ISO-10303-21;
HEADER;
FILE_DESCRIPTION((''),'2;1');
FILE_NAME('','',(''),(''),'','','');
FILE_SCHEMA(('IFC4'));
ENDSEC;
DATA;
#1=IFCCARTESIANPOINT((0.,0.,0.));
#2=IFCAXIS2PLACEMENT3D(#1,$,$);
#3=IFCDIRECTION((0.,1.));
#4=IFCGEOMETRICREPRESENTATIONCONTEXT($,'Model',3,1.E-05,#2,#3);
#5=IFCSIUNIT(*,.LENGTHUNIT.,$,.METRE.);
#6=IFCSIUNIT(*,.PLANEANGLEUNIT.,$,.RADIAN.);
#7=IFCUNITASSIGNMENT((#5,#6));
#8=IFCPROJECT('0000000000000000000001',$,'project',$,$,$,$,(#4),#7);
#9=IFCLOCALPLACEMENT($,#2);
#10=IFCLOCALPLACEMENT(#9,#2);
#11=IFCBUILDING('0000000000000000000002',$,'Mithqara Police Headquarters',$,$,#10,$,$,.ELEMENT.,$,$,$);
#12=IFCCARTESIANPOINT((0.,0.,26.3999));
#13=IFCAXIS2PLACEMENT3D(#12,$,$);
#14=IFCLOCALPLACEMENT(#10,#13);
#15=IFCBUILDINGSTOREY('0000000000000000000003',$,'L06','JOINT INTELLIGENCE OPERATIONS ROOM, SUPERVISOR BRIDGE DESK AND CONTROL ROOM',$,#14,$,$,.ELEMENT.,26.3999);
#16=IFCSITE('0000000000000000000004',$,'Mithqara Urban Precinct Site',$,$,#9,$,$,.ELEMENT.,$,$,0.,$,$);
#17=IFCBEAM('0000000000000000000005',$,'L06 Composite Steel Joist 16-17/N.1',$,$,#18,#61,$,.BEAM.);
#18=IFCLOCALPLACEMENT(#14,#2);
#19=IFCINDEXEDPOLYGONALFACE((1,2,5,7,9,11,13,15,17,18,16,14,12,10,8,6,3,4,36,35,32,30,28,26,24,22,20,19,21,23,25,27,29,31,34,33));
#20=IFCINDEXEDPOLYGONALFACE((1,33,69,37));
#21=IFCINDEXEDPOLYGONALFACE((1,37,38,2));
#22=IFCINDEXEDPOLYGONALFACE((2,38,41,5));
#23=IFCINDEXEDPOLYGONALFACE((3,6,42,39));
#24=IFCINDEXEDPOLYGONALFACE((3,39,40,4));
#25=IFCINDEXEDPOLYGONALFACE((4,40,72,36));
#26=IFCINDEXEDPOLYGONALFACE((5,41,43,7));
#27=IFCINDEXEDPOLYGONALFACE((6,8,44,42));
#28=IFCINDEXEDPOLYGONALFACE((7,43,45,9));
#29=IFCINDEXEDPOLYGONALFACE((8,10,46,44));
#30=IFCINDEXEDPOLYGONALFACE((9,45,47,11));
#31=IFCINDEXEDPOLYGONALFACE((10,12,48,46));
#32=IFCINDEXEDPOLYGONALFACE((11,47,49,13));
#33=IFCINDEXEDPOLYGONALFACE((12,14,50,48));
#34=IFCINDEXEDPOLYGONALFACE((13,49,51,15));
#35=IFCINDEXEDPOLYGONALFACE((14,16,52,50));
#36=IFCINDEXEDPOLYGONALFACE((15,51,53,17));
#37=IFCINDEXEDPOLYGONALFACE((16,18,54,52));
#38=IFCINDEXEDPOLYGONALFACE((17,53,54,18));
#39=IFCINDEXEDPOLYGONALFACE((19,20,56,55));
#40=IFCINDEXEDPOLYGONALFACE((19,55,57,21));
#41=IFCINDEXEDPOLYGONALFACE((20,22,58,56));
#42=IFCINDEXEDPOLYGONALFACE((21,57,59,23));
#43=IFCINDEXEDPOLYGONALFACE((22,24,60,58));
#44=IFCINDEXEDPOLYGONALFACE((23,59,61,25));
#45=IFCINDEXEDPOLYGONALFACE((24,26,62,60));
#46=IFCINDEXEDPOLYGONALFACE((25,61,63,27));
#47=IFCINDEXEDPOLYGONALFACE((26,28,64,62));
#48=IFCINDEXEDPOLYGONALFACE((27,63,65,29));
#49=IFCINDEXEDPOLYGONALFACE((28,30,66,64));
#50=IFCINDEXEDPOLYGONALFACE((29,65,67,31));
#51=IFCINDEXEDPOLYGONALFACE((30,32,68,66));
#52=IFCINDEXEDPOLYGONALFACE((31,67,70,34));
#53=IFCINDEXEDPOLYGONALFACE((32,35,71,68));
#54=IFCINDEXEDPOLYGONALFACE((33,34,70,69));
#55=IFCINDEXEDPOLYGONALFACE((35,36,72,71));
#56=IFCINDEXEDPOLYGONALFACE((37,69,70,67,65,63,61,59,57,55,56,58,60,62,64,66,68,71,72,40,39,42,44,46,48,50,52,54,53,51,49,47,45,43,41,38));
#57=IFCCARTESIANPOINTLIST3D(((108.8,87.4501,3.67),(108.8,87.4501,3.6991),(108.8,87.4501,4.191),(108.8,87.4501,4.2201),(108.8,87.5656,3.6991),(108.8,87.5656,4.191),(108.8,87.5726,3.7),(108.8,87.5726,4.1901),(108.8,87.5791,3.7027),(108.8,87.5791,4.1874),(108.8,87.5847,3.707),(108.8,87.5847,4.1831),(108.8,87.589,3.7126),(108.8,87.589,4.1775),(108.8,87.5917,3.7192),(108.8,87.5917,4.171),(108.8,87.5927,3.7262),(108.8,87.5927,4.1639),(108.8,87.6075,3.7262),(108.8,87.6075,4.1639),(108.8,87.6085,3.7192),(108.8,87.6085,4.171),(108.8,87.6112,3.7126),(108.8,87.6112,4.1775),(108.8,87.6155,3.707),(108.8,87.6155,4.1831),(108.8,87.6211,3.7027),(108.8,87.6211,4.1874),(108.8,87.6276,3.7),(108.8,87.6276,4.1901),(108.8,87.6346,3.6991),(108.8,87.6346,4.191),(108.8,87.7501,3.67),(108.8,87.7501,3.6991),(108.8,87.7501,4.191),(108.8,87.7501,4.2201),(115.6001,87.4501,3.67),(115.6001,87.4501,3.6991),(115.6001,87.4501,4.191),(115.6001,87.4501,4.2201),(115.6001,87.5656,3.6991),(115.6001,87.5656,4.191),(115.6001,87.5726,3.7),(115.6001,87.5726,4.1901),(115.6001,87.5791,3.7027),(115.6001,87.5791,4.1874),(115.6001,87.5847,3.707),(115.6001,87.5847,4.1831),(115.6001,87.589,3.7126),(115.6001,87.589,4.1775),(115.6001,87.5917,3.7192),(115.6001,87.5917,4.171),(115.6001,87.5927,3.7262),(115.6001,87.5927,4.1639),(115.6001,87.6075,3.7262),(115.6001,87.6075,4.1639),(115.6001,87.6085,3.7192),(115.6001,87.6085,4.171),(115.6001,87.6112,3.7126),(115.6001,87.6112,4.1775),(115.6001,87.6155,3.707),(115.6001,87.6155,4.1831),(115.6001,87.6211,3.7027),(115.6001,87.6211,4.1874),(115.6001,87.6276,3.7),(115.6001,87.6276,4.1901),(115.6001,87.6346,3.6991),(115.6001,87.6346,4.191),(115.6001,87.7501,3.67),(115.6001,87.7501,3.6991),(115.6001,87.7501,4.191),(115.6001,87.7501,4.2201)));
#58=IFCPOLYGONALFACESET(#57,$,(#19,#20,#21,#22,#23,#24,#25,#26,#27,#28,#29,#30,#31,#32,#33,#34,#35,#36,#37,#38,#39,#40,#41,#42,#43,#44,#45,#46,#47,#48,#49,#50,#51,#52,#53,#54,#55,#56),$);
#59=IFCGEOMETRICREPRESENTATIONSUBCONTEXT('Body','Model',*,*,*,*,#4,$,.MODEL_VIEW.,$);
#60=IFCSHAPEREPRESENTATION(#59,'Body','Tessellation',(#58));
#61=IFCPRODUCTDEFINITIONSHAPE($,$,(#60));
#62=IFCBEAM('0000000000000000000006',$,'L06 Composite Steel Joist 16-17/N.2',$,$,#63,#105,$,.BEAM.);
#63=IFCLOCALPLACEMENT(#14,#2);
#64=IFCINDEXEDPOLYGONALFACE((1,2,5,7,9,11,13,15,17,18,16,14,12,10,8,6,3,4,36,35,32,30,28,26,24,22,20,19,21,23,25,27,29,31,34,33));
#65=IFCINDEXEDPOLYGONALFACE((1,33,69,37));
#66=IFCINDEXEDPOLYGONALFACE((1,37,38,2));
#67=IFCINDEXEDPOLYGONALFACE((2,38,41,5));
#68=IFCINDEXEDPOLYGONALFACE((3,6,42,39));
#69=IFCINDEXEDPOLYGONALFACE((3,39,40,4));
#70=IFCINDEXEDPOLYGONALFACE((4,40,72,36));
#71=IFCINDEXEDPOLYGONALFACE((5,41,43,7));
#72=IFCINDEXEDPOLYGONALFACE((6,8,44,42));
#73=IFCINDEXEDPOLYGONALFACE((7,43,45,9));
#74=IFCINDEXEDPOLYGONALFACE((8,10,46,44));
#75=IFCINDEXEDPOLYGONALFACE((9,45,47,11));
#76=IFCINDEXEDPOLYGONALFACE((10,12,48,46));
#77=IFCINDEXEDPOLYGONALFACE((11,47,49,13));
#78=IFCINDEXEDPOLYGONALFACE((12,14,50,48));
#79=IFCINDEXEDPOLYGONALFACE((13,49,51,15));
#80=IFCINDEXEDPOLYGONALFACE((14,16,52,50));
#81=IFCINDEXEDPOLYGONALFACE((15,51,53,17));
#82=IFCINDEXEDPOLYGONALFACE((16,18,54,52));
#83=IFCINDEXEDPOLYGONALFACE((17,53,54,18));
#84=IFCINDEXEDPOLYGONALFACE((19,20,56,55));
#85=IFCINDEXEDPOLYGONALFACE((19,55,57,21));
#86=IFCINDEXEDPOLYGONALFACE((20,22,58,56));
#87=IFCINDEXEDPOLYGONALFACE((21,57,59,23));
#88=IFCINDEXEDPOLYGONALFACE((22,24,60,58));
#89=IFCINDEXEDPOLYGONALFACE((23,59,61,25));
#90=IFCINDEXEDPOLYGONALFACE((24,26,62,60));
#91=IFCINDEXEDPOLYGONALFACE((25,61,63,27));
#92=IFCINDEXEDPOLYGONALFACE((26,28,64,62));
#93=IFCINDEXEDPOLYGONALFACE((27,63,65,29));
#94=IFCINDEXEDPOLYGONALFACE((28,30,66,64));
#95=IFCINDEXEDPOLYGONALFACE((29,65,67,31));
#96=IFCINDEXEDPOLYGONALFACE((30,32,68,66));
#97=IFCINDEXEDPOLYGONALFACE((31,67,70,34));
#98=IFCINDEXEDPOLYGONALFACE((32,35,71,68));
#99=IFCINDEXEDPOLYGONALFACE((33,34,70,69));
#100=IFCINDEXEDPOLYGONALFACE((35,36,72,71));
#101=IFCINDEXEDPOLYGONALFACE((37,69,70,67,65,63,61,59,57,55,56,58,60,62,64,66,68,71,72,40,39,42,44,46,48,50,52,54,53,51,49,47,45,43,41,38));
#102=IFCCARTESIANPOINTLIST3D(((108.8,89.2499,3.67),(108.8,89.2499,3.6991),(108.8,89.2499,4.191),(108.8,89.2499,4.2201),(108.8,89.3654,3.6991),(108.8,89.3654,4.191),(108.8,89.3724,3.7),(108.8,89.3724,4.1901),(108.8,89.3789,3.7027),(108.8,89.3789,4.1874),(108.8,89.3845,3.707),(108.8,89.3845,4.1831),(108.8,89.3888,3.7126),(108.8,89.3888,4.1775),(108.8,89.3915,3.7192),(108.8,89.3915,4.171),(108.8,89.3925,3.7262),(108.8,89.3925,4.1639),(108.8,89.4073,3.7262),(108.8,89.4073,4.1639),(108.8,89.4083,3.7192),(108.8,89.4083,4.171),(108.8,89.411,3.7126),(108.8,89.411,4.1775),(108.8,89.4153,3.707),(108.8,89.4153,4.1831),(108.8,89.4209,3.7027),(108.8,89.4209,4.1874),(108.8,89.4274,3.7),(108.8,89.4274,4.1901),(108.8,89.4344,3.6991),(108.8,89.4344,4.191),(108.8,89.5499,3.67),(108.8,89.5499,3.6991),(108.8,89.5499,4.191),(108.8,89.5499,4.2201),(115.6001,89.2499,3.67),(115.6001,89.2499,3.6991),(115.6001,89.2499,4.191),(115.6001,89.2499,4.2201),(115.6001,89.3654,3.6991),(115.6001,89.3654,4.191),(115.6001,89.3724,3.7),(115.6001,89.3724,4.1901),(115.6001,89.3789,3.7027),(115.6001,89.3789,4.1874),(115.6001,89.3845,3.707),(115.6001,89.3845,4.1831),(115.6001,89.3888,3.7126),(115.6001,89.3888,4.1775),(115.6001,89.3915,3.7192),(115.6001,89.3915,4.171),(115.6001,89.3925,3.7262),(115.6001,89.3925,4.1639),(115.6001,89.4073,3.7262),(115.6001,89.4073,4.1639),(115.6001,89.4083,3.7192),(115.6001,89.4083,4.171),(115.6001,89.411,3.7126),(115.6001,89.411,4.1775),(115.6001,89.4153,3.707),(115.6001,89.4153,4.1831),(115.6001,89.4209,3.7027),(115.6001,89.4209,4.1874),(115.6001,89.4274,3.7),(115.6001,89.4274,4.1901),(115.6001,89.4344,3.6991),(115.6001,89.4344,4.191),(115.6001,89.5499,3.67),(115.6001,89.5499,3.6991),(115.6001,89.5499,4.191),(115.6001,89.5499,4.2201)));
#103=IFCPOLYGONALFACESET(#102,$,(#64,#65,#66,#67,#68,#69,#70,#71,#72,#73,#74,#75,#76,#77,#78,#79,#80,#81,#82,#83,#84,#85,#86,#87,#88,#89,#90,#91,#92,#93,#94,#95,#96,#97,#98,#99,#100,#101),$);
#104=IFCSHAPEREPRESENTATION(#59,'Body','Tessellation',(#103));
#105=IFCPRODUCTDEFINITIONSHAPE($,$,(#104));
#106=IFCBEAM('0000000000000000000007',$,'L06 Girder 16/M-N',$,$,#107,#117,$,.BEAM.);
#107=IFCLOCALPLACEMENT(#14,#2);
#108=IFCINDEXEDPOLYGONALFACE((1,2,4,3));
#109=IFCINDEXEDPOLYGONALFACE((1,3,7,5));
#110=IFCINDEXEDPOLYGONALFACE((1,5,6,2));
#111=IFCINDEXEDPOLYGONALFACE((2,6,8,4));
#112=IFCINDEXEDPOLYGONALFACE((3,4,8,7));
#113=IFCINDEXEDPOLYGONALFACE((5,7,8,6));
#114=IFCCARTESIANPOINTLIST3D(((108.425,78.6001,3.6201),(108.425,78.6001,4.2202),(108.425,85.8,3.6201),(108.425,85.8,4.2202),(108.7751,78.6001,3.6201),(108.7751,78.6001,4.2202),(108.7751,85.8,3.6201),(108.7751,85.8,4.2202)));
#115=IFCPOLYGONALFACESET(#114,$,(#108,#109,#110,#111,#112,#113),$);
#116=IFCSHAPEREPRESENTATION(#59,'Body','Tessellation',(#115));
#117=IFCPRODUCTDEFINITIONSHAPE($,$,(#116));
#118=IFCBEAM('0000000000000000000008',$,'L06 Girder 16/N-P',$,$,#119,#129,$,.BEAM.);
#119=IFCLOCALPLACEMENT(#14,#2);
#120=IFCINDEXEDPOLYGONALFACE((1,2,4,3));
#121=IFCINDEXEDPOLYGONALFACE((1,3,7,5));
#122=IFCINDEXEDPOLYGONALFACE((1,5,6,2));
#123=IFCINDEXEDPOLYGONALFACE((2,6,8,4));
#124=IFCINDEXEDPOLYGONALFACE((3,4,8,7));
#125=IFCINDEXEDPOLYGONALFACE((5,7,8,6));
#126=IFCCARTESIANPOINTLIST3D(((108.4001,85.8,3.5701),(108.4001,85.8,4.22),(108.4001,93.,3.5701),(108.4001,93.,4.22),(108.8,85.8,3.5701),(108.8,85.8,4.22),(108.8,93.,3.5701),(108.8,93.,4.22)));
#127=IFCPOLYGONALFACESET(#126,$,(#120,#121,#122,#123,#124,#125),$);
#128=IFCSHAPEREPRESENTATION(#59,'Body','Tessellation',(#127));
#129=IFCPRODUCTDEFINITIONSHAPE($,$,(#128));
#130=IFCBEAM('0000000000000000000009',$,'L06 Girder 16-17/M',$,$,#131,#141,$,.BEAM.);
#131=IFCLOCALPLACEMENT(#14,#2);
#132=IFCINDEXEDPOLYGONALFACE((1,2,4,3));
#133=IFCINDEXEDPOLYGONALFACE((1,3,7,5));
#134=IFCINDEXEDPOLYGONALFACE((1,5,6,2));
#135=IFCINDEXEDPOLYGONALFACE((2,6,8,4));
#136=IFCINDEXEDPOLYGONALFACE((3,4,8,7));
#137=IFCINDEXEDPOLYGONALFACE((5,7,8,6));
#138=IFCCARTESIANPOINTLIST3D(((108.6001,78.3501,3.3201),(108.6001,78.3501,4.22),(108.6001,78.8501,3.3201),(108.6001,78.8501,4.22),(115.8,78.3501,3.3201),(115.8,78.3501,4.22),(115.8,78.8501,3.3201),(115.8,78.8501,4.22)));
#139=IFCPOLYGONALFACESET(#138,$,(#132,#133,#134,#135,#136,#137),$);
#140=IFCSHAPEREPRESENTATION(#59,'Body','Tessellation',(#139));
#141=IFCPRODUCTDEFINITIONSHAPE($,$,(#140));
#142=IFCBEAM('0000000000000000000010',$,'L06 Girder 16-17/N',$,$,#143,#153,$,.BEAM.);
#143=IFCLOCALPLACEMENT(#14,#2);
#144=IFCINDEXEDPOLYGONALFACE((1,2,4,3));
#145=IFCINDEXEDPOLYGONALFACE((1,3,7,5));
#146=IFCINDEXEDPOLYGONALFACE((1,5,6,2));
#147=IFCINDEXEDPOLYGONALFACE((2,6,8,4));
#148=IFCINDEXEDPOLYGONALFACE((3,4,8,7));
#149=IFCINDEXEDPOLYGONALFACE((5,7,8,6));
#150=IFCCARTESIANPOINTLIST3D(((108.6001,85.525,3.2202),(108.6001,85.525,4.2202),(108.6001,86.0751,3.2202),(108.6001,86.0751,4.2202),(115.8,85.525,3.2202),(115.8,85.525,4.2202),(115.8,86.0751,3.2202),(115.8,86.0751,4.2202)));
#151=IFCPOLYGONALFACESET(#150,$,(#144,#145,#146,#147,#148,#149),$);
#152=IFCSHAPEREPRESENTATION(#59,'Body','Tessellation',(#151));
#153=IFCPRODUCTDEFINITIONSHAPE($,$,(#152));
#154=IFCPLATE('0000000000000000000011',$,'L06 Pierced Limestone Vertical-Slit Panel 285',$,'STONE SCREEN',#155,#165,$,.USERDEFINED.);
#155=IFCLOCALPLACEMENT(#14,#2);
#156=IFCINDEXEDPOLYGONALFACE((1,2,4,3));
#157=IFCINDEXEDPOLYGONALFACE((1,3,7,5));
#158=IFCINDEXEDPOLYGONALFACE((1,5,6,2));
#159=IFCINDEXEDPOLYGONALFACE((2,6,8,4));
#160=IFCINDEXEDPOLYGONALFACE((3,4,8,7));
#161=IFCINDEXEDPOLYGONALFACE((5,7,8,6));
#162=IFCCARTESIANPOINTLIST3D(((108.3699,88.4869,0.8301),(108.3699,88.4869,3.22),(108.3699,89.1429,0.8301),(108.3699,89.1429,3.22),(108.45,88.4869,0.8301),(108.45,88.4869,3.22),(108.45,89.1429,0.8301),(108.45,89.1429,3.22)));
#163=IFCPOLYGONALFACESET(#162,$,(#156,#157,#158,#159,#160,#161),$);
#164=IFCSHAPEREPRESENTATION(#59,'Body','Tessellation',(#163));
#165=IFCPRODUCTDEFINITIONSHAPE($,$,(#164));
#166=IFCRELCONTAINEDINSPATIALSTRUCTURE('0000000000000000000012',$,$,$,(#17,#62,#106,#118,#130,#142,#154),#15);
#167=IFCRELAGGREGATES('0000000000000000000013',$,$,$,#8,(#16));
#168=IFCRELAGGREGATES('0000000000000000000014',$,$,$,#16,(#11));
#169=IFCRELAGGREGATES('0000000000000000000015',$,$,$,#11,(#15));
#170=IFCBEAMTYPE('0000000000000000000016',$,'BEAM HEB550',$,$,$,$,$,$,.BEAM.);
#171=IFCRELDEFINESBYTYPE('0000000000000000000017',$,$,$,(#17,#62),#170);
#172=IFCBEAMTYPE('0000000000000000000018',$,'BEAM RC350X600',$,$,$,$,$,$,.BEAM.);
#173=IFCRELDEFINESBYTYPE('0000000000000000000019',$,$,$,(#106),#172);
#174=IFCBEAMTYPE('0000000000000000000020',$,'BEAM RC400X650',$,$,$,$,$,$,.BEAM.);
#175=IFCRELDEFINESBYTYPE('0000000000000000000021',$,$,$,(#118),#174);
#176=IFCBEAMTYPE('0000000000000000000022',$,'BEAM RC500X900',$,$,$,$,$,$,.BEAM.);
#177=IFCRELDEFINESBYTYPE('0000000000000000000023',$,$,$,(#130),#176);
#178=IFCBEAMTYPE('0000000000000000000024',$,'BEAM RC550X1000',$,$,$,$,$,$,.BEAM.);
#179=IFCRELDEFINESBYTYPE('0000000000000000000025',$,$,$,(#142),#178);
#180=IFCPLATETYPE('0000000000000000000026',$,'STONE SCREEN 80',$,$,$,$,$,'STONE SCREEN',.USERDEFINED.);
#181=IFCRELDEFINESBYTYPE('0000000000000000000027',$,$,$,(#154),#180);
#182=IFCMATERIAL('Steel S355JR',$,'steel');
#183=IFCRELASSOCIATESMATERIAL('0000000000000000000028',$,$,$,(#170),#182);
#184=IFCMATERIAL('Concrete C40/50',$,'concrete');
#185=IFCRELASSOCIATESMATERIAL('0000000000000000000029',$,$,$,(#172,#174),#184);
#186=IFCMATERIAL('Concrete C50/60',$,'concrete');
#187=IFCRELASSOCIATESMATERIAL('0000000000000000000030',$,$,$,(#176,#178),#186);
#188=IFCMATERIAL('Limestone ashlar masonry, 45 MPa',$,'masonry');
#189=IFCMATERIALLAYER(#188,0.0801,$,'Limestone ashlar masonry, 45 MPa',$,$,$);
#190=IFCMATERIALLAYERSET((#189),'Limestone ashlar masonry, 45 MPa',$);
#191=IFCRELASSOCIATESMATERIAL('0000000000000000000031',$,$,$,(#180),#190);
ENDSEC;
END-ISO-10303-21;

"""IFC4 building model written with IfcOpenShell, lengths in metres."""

from ifc_helpers import new_model, si_unit, direction, frame, origin, origin_2d, place, context, subcontext, project, spatial, rectangle, i_section, extrude, material, layer, layer_set, material_profile, profile_set, type_object, element, save


model = new_model("IFC4")

# Units and contexts
model_context = context("Model", 3, precision=1e-05, world=origin(), true_north=direction((0.0, 1.0)))
body_context = subcontext(model_context, "Body", "Model", "MODEL_VIEW")
ifc_project = project(units=[si_unit("LENGTHUNIT", "METRE"), si_unit("PLANEANGLEUNIT", "RADIAN")], contexts=[model_context])

# Site, building, storey
site_placement = place(None, origin())
site = spatial("IfcSite", under=ifc_project, at=site_placement, Name="Mithqara Urban Precinct Site", CompositionType="ELEMENT", RefElevation=0.0)
building_placement = place(site_placement, origin())
building = spatial("IfcBuilding", under=site, at=building_placement, Name="Mithqara Police Headquarters", CompositionType="ELEMENT")
storey_placement = place(building_placement, frame((0.0, 0.0, 26.3999)))
storey = spatial("IfcBuildingStorey", under=building, at=storey_placement, Name="L06", Description="JOINT INTELLIGENCE OPERATIONS ROOM, SUPERVISOR BRIDGE DESK AND CONTROL ROOM", CompositionType="ELEMENT", Elevation=26.3999)

# Shared definitions
ifc_material_1 = material(Name="Concrete C50/60", Category="concrete")

# Beams
ifc_material_2 = material(Name="Steel S355JR", Category="steel")
ifc_material_profile_1 = material_profile(ifc_material_2, i_section(OverallWidth=0.3, OverallDepth=0.55, WebThickness=0.0149, FlangeThickness=0.0291, FilletRadius=0.0271, at=origin_2d()), Name="HEB 550")
ifc_profile_set_1 = profile_set([ifc_material_profile_1], Name="Steel S355JR")
beam_type_1 = type_object("IfcBeamType", Name="BEAM HEB550", PredefinedType="BEAM", material=ifc_profile_set_1)
for number, where, z_axis, x_axis, name in (
    (1, (108.8, 87.6001, 3.9451), (1.0, 0.0, 0.0), (0.0, 1.0, 0.0), "L06 Composite Steel Joist 16-17/N.1"),
    (2, (108.8, 89.3999, 3.9451), (1.0, 0.0, 0.0), (0.0, 1.0, 0.0), "L06 Composite Steel Joist 16-17/N.2"),
):
    element("IfcBeam", number, at=place(storey_placement, frame(where, z_axis=z_axis, x_axis=x_axis)), inside=storey, type_object=beam_type_1, Name=name, PredefinedType="BEAM", context=body_context, shape_type="SweptSolid", body=[
        extrude(i_section(OverallWidth=0.3, OverallDepth=0.55, WebThickness=0.0149, FlangeThickness=0.0291, FilletRadius=0.0271, at=origin_2d()), origin(), (0.0, 0.0, 1.0), 6.8),
    ])
ifc_material_3 = material(Name="Concrete C40/50", Category="concrete")
ifc_material_profile_2 = material_profile(ifc_material_3, rectangle(XDim=0.3501, YDim=0.6001, at=origin_2d()), Name="RC 350x600")
ifc_profile_set_2 = profile_set([ifc_material_profile_2], Name="Concrete C40/50")
beam_type_2 = type_object("IfcBeamType", Name="BEAM RC350X600", PredefinedType="BEAM", material=ifc_profile_set_2)
beam_1_placement = place(storey_placement, frame((108.6001, 78.6001, 3.9202), z_axis=(0.0, 1.0, 0.0), x_axis=(-1.0, 0.0, 0.0)))
element("IfcBeam", 3, at=beam_1_placement, inside=storey, type_object=beam_type_2, Name="L06 Girder 16/M-N", PredefinedType="BEAM", context=body_context, shape_type="SweptSolid", body=[
    extrude(rectangle(XDim=0.3501, YDim=0.6001, at=origin_2d()), origin(), (0.0, 0.0, 1.0), 7.2),
])
ifc_material_profile_3 = material_profile(ifc_material_3, rectangle(XDim=0.3999, YDim=0.6499, at=origin_2d()), Name="RC 400x650")
ifc_profile_set_3 = profile_set([ifc_material_profile_3], Name="Concrete C40/50")
beam_type_3 = type_object("IfcBeamType", Name="BEAM RC400X650", PredefinedType="BEAM", material=ifc_profile_set_3)
beam_2_placement = place(storey_placement, frame((108.6001, 85.8, 3.895), z_axis=(0.0, 1.0, 0.0), x_axis=(-1.0, 0.0, 0.0)))
element("IfcBeam", 4, at=beam_2_placement, inside=storey, type_object=beam_type_3, Name="L06 Girder 16/N-P", PredefinedType="BEAM", context=body_context, shape_type="SweptSolid", body=[
    extrude(rectangle(XDim=0.3999, YDim=0.6499, at=origin_2d()), origin(), (0.0, 0.0, 1.0), 7.2),
])
ifc_material_profile_4 = material_profile(ifc_material_1, rectangle(XDim=0.5, YDim=0.8999, at=origin_2d()), Name="RC 500x900")
ifc_profile_set_4 = profile_set([ifc_material_profile_4], Name="Concrete C50/60")
beam_type_4 = type_object("IfcBeamType", Name="BEAM RC500X900", PredefinedType="BEAM", material=ifc_profile_set_4)
beam_3_placement = place(storey_placement, frame((108.6001, 78.6001, 3.77), z_axis=(1.0, 0.0, 0.0), x_axis=(0.0, 1.0, 0.0)))
element("IfcBeam", 5, at=beam_3_placement, inside=storey, type_object=beam_type_4, Name="L06 Girder 16-17/M", PredefinedType="BEAM", context=body_context, shape_type="SweptSolid", body=[
    extrude(rectangle(XDim=0.5, YDim=0.8999, at=origin_2d()), origin(), (0.0, 0.0, 1.0), 7.2),
])
ifc_material_profile_5 = material_profile(ifc_material_1, rectangle(XDim=0.55, YDim=1.0, at=origin_2d()), Name="RC 550x1000")
ifc_profile_set_5 = profile_set([ifc_material_profile_5], Name="Concrete C50/60")
beam_type_5 = type_object("IfcBeamType", Name="BEAM RC550X1000", PredefinedType="BEAM", material=ifc_profile_set_5)
beam_4_placement = place(storey_placement, frame((108.6001, 85.8, 3.7202), z_axis=(1.0, 0.0, 0.0), x_axis=(0.0, 1.0, 0.0)))
element("IfcBeam", 6, at=beam_4_placement, inside=storey, type_object=beam_type_5, Name="L06 Girder 16-17/N", PredefinedType="BEAM", context=body_context, shape_type="SweptSolid", body=[
    extrude(rectangle(XDim=0.55, YDim=1.0, at=origin_2d()), origin(), (0.0, 0.0, 1.0), 7.2),
])

# Plate
ifc_material_4 = material(Name="Limestone ashlar masonry, 45 MPa", Category="masonry")
ifc_layer_1 = layer(ifc_material_4, 0.0801, Name="Limestone ashlar masonry, 45 MPa")
ifc_layer_set_1 = layer_set([ifc_layer_1], Name="Limestone ashlar masonry, 45 MPa")
plate_type = type_object("IfcPlateType", Name="STONE SCREEN 80", ElementType="STONE SCREEN", PredefinedType="USERDEFINED", material=ifc_layer_set_1)
plate_placement = place(storey_placement, frame((108.4099, 88.8149, 0.8301), z_axis=(0.0, 0.0, 1.0), x_axis=(0.0, 1.0, 0.0)))
element("IfcPlate", 7, at=plate_placement, inside=storey, type_object=plate_type, Name="L06 Pierced Limestone Vertical-Slit Panel 285", ObjectType="STONE SCREEN", PredefinedType="USERDEFINED", context=body_context, shape_type="SweptSolid", body=[
    extrude(rectangle(XDim=0.656, YDim=0.0801, at=origin_2d()), origin(), (0.0, 0.0, 1.0), 2.3899),
])

save(model, "model.ifc")
